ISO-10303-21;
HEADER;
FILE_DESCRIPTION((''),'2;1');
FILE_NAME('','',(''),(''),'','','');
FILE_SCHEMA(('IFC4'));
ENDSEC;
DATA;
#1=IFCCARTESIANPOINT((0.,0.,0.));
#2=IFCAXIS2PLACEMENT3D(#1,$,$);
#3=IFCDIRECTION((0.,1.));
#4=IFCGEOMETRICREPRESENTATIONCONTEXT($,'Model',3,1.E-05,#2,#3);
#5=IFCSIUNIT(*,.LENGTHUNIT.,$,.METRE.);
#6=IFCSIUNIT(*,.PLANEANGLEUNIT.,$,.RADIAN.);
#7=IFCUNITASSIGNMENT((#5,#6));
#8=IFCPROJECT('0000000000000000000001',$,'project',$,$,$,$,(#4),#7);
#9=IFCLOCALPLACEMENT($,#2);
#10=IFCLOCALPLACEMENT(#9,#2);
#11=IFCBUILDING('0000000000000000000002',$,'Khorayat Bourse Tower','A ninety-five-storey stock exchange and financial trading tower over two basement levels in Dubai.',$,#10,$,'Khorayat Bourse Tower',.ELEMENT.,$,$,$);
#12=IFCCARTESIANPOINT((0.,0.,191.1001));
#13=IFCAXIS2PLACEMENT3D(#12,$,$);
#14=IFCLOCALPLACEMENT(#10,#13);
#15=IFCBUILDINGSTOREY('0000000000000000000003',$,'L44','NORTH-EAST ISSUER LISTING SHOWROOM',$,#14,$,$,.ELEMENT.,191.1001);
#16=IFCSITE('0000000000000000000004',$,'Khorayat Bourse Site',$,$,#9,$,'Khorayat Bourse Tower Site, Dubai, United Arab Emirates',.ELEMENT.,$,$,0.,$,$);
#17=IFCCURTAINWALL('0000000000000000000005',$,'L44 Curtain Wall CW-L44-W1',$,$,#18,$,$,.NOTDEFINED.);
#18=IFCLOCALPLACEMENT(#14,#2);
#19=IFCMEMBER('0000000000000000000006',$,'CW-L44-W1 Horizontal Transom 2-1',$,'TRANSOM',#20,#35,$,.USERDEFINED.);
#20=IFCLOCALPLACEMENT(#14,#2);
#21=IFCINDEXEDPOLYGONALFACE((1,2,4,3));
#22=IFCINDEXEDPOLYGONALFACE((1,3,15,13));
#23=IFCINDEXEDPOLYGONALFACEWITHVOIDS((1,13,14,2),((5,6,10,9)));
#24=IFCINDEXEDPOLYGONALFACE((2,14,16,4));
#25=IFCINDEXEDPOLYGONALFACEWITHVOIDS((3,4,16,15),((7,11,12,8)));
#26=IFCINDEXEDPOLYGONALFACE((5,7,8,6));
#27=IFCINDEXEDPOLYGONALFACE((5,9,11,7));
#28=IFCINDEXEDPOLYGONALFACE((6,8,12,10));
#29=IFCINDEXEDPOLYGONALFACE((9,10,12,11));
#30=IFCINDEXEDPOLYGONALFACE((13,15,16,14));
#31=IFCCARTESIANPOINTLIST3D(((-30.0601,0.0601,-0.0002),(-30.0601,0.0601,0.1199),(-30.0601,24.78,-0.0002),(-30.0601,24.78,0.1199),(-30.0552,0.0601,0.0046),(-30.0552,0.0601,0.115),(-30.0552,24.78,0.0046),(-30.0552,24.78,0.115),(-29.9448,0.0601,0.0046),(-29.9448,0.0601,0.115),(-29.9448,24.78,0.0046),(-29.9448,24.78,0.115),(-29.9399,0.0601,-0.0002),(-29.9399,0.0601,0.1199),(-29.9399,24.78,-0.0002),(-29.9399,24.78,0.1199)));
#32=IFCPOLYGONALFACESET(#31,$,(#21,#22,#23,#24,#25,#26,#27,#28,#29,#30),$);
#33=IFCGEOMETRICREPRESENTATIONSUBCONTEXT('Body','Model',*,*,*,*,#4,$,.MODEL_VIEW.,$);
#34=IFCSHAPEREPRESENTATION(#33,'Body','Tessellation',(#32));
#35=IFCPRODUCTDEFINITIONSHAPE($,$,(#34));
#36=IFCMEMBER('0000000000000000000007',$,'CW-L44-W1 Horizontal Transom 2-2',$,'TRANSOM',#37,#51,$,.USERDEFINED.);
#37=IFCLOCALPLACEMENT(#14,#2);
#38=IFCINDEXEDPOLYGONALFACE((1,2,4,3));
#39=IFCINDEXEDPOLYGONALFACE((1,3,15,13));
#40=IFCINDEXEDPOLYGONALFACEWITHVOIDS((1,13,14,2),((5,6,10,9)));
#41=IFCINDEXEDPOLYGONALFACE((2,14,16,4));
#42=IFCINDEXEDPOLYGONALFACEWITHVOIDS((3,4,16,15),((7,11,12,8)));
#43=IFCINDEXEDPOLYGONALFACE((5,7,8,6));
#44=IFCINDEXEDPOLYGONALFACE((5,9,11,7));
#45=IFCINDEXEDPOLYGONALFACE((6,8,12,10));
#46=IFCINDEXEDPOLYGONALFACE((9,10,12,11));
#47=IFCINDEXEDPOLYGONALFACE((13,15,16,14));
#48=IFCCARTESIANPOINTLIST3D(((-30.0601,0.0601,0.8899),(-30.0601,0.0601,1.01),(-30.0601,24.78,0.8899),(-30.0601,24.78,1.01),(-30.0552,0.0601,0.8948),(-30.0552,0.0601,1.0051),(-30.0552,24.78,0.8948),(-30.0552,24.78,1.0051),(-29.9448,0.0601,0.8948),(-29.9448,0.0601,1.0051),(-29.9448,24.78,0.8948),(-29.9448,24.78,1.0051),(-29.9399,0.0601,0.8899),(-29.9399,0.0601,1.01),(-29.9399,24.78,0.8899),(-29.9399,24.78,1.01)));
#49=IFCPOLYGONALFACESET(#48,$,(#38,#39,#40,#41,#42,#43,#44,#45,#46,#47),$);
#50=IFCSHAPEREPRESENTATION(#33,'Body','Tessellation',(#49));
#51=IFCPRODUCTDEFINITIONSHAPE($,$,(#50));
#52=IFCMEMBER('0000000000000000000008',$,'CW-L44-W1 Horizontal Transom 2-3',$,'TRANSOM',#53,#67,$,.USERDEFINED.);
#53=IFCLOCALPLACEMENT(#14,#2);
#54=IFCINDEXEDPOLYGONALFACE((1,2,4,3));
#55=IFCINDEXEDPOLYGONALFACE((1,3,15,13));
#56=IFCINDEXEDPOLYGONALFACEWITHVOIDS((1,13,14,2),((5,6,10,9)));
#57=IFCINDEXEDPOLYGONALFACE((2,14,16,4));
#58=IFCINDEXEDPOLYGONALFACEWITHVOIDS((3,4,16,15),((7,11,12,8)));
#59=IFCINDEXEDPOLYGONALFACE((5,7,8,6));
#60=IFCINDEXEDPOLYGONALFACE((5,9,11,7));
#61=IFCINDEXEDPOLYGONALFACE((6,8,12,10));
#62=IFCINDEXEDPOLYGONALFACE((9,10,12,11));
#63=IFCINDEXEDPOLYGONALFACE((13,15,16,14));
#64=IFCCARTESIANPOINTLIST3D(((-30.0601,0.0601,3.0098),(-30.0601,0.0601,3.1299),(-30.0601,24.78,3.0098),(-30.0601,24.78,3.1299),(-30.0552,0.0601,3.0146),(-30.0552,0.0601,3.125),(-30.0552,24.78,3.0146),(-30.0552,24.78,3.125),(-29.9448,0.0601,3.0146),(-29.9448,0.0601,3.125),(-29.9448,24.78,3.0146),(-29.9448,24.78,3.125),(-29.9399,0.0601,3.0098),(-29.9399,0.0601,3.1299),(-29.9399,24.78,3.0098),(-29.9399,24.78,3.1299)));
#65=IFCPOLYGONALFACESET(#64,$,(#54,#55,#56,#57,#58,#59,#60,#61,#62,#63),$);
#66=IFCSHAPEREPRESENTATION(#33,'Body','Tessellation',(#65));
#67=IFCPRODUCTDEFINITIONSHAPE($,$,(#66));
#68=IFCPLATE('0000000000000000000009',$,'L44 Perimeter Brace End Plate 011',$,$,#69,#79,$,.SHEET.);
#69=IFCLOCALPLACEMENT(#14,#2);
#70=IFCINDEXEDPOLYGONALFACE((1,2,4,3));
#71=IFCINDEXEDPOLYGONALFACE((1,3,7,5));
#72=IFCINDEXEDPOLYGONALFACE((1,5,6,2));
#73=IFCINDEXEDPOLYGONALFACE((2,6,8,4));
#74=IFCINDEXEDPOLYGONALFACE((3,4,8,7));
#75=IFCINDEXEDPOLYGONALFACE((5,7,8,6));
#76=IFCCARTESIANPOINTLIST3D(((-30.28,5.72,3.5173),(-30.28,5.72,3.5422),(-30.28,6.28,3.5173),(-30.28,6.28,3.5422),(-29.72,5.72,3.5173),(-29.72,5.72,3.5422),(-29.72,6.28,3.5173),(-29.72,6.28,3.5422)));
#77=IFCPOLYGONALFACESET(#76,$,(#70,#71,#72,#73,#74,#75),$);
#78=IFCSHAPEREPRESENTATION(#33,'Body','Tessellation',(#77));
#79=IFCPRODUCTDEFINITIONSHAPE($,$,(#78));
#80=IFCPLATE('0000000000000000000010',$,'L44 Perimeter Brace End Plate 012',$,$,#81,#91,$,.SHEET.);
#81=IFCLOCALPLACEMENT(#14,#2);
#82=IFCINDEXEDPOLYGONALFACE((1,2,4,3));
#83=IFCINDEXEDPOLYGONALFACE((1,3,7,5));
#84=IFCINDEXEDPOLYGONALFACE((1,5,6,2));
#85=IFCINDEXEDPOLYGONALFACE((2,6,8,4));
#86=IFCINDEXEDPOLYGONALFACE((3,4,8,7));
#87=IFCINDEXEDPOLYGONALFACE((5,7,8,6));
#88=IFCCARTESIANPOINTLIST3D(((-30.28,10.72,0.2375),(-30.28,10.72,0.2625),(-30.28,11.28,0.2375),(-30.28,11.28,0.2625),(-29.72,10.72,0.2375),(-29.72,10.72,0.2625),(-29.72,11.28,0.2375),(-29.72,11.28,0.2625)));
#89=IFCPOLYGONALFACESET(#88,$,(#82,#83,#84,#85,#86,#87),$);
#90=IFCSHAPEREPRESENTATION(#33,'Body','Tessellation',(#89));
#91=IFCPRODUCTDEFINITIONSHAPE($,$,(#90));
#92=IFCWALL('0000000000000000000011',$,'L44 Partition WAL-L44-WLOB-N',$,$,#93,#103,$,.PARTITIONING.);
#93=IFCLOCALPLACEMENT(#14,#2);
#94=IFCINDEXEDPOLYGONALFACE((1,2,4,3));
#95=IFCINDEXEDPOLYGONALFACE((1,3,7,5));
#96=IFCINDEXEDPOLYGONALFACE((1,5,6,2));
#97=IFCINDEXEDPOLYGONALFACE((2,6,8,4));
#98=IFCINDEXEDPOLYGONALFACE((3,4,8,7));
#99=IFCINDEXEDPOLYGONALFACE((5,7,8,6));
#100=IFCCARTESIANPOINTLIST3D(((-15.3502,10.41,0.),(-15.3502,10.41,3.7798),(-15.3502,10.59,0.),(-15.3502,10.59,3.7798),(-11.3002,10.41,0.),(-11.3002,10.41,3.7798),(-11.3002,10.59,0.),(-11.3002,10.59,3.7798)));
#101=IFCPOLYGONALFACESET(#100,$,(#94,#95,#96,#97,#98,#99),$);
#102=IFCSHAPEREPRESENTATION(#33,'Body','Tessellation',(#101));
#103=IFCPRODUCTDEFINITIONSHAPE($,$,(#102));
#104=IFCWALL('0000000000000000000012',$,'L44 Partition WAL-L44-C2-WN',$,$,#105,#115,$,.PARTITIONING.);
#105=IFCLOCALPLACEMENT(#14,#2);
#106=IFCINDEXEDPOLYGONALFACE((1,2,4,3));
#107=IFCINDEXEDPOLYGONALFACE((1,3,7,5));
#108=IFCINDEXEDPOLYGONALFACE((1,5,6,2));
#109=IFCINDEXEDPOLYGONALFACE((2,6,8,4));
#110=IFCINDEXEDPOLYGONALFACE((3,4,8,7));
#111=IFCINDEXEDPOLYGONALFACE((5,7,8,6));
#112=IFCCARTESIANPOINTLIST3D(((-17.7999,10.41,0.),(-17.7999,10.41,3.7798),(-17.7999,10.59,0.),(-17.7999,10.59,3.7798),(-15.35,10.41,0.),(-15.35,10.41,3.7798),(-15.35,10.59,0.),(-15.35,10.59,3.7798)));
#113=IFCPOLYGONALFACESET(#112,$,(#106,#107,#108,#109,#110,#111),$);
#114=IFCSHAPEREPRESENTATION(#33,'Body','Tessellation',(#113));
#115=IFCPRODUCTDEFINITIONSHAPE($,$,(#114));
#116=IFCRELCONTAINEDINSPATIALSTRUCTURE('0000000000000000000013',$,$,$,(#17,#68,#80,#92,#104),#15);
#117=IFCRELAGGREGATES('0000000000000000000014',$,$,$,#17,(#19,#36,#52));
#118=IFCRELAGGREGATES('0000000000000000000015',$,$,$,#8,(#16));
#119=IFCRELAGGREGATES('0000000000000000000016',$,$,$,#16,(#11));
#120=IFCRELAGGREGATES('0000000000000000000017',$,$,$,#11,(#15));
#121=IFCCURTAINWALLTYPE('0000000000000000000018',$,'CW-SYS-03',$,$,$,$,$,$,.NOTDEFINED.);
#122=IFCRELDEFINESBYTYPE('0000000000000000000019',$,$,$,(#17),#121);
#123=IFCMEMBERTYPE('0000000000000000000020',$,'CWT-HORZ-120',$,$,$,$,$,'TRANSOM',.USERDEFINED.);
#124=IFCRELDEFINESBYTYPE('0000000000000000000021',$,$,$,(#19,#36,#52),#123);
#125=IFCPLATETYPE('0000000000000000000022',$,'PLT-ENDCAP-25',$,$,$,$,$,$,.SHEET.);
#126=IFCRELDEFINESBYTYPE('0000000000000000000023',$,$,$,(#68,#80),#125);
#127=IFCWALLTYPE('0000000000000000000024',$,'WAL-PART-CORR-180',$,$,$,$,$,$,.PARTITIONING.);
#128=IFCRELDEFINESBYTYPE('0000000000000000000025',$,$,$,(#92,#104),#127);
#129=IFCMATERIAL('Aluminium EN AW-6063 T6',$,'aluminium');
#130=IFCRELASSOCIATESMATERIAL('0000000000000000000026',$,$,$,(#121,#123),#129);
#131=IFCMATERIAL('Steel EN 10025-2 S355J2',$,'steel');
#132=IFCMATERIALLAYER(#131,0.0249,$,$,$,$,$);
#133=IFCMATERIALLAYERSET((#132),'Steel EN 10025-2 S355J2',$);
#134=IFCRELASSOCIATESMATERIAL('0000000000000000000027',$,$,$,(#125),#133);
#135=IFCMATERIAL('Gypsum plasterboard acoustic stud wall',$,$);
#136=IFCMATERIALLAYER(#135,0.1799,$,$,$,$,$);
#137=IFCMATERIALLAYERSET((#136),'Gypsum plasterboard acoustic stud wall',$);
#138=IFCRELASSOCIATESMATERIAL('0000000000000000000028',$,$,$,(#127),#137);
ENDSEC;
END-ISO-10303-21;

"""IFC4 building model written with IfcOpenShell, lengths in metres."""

from ifc_helpers import new_model, si_unit, direction, frame, frame_2d, origin, origin_2d, place, context, subcontext, project, spatial, rectangle, hollow_rectangle, extrude, source, transform, mapped, material, layer, layer_set, material_profile, profile_set, type_object, element, aggregate, save


model = new_model("IFC4")

# Units and contexts
model_context = context("Model", 3, precision=1e-05, world=origin(), true_north=direction((0.0, 1.0)))
body_context = subcontext(model_context, "Body", "Model", "MODEL_VIEW")
ifc_project = project(units=[si_unit("LENGTHUNIT", "METRE"), si_unit("PLANEANGLEUNIT", "RADIAN")], contexts=[model_context])

# Site, building, storey
site_placement = place(None, origin())
site = spatial("IfcSite", under=ifc_project, at=site_placement, Name="Khorayat Bourse Site", LongName="Khorayat Bourse Tower Site, Dubai, United Arab Emirates", CompositionType="ELEMENT", RefElevation=0.0)
building_placement = place(site_placement, origin())
building = spatial("IfcBuilding", under=site, at=building_placement, Name="Khorayat Bourse Tower", Description="A ninety-five-storey stock exchange and financial trading tower over two basement levels in Dubai.", LongName="Khorayat Bourse Tower", CompositionType="ELEMENT")
storey_placement = place(building_placement, frame((0.0, 0.0, 191.1001)))
storey = spatial("IfcBuildingStorey", under=building, at=storey_placement, Name="L44", Description="NORTH-EAST ISSUER LISTING SHOWROOM", CompositionType="ELEMENT", Elevation=191.1001)

# Curtain wall, members
ifc_material_1 = material(Name="Aluminium EN AW-6063 T6", Category="aluminium")
curtain_wall_type = type_object("IfcCurtainWallType", Name="CW-SYS-03", PredefinedType="NOTDEFINED", material=ifc_material_1)
curtain_wall_placement = place(storey_placement, origin())
curtain_wall = element("IfcCurtainWall", 1, at=curtain_wall_placement, inside=storey, type_object=curtain_wall_type, Name="L44 Curtain Wall CW-L44-W1", PredefinedType="NOTDEFINED")
ifc_material_profile_1 = material_profile(ifc_material_1, hollow_rectangle(XDim=0.1201, YDim=0.1201, WallThickness=0.0049, at=origin_2d()), Name="ALU 120x120x5")
ifc_profile_set_1 = profile_set([ifc_material_profile_1], Name="Aluminium EN AW-6063 T6")
member_type_1 = type_object("IfcMemberType", Name="CWT-HORZ-120", ElementType="TRANSOM", PredefinedType="USERDEFINED", material=ifc_profile_set_1)
shared_shape_1 = source(origin(), body_context, "Body", "SweptSolid", [
    extrude(hollow_rectangle(XDim=0.1201, YDim=0.1201, WallThickness=0.0049, at=origin_2d()), origin(), (0.0, 0.0, 1.0), 24.72),
])
member_1_placement = place(storey_placement, frame((-30.0, 0.0601, 0.0598), z_axis=(0.0, 1.0, 0.0), x_axis=(-1.0, 0.0, 0.0)))
member_1 = element("IfcMember", 2, at=member_1_placement, type_object=member_type_1, Name="CW-L44-W1 Horizontal Transom 2-1", ObjectType="TRANSOM", PredefinedType="USERDEFINED", context=body_context, shape_type="MappedRepresentation", body=[
    mapped(shared_shape_1, transform((0.0, 0.0, 0.0), scale=1.0)),
])
member_2_placement = place(storey_placement, frame((-30.0, 0.0601, 0.95), z_axis=(0.0, 1.0, 0.0), x_axis=(-1.0, 0.0, 0.0)))
member_2 = element("IfcMember", 3, at=member_2_placement, type_object=member_type_1, Name="CW-L44-W1 Horizontal Transom 2-2", ObjectType="TRANSOM", PredefinedType="USERDEFINED", context=body_context, shape_type="MappedRepresentation", body=[
    mapped(shared_shape_1, transform((0.0, 0.0, 0.0), scale=1.0)),
])
member_3_placement = place(storey_placement, frame((-30.0, 0.0601, 3.0698), z_axis=(0.0, 1.0, 0.0), x_axis=(-1.0, 0.0, 0.0)))
member_3 = element("IfcMember", 4, at=member_3_placement, type_object=member_type_1, Name="CW-L44-W1 Horizontal Transom 2-3", ObjectType="TRANSOM", PredefinedType="USERDEFINED", context=body_context, shape_type="MappedRepresentation", body=[
    mapped(shared_shape_1, transform((0.0, 0.0, 0.0), scale=1.0)),
])
aggregate(curtain_wall, [member_1, member_2, member_3])

# Plates
ifc_material_2 = material(Name="Steel EN 10025-2 S355J2", Category="steel")
ifc_layer_1 = layer(ifc_material_2, 0.0249)
ifc_layer_set_1 = layer_set([ifc_layer_1], Name="Steel EN 10025-2 S355J2")
plate_type = type_object("IfcPlateType", Name="PLT-ENDCAP-25", PredefinedType="SHEET", material=ifc_layer_set_1)
shared_shape_2 = source(origin(), body_context, "Body", "SweptSolid", [
    extrude(rectangle(XDim=0.5601, YDim=0.5601, at=origin_2d()), origin(), (0.0, 0.0, 1.0), 0.0249),
])
for number, where, z_axis, x_axis, name in (
    (5, (-30.0, 6.0, 3.5173), (0.0, 0.0, 1.0), (1.0, 0.0, 0.0), "L44 Perimeter Brace End Plate 011"),
    (6, (-30.0, 11.0, 0.2375), (0.0, 0.0, 1.0), (1.0, 0.0, 0.0), "L44 Perimeter Brace End Plate 012"),
):
    element("IfcPlate", number, at=place(storey_placement, frame(where, z_axis=z_axis, x_axis=x_axis)), inside=storey, type_object=plate_type, Name=name, PredefinedType="SHEET", context=body_context, shape_type="MappedRepresentation", body=[
        mapped(shared_shape_2, transform((0.0, 0.0, 0.0), scale=1.0)),
    ])

# Walls
ifc_material_3 = material(Name="Gypsum plasterboard acoustic stud wall")
ifc_layer_2 = layer(ifc_material_3, 0.1799)
ifc_layer_set_2 = layer_set([ifc_layer_2], Name="Gypsum plasterboard acoustic stud wall")
wall_type = type_object("IfcWallType", Name="WAL-PART-CORR-180", PredefinedType="PARTITIONING", material=ifc_layer_set_2)
shared_shape_3 = source(origin(), body_context, "Body", "SweptSolid", [
    extrude(rectangle(XDim=4.05, YDim=0.1799, at=frame_2d((2.0249, 0.0))), origin(), (0.0, 0.0, 1.0), 3.7798),
])
wall_1_placement = place(storey_placement, frame((-15.3501, 10.5, 0.0), z_axis=(0.0, 0.0, 1.0), x_axis=(1.0, 0.0, 0.0)))
element("IfcWall", 7, at=wall_1_placement, inside=storey, type_object=wall_type, Name="L44 Partition WAL-L44-WLOB-N", PredefinedType="PARTITIONING", context=body_context, shape_type="MappedRepresentation", body=[
    mapped(shared_shape_3, transform((0.0, 0.0, 0.0), scale=1.0)),
])
shared_shape_4 = source(origin(), body_context, "Body", "SweptSolid", [
    extrude(rectangle(XDim=2.45, YDim=0.1799, at=frame_2d((1.2251, 0.0))), origin(), (0.0, 0.0, 1.0), 3.7798),
])
wall_2_placement = place(storey_placement, frame((-17.8, 10.5, 0.0), z_axis=(0.0, 0.0, 1.0), x_axis=(1.0, 0.0, 0.0)))
element("IfcWall", 8, at=wall_2_placement, inside=storey, type_object=wall_type, Name="L44 Partition WAL-L44-C2-WN", PredefinedType="PARTITIONING", context=body_context, shape_type="MappedRepresentation", body=[
    mapped(shared_shape_4, transform((0.0, 0.0, 0.0), scale=1.0)),
])

save(model, "model.ifc")
